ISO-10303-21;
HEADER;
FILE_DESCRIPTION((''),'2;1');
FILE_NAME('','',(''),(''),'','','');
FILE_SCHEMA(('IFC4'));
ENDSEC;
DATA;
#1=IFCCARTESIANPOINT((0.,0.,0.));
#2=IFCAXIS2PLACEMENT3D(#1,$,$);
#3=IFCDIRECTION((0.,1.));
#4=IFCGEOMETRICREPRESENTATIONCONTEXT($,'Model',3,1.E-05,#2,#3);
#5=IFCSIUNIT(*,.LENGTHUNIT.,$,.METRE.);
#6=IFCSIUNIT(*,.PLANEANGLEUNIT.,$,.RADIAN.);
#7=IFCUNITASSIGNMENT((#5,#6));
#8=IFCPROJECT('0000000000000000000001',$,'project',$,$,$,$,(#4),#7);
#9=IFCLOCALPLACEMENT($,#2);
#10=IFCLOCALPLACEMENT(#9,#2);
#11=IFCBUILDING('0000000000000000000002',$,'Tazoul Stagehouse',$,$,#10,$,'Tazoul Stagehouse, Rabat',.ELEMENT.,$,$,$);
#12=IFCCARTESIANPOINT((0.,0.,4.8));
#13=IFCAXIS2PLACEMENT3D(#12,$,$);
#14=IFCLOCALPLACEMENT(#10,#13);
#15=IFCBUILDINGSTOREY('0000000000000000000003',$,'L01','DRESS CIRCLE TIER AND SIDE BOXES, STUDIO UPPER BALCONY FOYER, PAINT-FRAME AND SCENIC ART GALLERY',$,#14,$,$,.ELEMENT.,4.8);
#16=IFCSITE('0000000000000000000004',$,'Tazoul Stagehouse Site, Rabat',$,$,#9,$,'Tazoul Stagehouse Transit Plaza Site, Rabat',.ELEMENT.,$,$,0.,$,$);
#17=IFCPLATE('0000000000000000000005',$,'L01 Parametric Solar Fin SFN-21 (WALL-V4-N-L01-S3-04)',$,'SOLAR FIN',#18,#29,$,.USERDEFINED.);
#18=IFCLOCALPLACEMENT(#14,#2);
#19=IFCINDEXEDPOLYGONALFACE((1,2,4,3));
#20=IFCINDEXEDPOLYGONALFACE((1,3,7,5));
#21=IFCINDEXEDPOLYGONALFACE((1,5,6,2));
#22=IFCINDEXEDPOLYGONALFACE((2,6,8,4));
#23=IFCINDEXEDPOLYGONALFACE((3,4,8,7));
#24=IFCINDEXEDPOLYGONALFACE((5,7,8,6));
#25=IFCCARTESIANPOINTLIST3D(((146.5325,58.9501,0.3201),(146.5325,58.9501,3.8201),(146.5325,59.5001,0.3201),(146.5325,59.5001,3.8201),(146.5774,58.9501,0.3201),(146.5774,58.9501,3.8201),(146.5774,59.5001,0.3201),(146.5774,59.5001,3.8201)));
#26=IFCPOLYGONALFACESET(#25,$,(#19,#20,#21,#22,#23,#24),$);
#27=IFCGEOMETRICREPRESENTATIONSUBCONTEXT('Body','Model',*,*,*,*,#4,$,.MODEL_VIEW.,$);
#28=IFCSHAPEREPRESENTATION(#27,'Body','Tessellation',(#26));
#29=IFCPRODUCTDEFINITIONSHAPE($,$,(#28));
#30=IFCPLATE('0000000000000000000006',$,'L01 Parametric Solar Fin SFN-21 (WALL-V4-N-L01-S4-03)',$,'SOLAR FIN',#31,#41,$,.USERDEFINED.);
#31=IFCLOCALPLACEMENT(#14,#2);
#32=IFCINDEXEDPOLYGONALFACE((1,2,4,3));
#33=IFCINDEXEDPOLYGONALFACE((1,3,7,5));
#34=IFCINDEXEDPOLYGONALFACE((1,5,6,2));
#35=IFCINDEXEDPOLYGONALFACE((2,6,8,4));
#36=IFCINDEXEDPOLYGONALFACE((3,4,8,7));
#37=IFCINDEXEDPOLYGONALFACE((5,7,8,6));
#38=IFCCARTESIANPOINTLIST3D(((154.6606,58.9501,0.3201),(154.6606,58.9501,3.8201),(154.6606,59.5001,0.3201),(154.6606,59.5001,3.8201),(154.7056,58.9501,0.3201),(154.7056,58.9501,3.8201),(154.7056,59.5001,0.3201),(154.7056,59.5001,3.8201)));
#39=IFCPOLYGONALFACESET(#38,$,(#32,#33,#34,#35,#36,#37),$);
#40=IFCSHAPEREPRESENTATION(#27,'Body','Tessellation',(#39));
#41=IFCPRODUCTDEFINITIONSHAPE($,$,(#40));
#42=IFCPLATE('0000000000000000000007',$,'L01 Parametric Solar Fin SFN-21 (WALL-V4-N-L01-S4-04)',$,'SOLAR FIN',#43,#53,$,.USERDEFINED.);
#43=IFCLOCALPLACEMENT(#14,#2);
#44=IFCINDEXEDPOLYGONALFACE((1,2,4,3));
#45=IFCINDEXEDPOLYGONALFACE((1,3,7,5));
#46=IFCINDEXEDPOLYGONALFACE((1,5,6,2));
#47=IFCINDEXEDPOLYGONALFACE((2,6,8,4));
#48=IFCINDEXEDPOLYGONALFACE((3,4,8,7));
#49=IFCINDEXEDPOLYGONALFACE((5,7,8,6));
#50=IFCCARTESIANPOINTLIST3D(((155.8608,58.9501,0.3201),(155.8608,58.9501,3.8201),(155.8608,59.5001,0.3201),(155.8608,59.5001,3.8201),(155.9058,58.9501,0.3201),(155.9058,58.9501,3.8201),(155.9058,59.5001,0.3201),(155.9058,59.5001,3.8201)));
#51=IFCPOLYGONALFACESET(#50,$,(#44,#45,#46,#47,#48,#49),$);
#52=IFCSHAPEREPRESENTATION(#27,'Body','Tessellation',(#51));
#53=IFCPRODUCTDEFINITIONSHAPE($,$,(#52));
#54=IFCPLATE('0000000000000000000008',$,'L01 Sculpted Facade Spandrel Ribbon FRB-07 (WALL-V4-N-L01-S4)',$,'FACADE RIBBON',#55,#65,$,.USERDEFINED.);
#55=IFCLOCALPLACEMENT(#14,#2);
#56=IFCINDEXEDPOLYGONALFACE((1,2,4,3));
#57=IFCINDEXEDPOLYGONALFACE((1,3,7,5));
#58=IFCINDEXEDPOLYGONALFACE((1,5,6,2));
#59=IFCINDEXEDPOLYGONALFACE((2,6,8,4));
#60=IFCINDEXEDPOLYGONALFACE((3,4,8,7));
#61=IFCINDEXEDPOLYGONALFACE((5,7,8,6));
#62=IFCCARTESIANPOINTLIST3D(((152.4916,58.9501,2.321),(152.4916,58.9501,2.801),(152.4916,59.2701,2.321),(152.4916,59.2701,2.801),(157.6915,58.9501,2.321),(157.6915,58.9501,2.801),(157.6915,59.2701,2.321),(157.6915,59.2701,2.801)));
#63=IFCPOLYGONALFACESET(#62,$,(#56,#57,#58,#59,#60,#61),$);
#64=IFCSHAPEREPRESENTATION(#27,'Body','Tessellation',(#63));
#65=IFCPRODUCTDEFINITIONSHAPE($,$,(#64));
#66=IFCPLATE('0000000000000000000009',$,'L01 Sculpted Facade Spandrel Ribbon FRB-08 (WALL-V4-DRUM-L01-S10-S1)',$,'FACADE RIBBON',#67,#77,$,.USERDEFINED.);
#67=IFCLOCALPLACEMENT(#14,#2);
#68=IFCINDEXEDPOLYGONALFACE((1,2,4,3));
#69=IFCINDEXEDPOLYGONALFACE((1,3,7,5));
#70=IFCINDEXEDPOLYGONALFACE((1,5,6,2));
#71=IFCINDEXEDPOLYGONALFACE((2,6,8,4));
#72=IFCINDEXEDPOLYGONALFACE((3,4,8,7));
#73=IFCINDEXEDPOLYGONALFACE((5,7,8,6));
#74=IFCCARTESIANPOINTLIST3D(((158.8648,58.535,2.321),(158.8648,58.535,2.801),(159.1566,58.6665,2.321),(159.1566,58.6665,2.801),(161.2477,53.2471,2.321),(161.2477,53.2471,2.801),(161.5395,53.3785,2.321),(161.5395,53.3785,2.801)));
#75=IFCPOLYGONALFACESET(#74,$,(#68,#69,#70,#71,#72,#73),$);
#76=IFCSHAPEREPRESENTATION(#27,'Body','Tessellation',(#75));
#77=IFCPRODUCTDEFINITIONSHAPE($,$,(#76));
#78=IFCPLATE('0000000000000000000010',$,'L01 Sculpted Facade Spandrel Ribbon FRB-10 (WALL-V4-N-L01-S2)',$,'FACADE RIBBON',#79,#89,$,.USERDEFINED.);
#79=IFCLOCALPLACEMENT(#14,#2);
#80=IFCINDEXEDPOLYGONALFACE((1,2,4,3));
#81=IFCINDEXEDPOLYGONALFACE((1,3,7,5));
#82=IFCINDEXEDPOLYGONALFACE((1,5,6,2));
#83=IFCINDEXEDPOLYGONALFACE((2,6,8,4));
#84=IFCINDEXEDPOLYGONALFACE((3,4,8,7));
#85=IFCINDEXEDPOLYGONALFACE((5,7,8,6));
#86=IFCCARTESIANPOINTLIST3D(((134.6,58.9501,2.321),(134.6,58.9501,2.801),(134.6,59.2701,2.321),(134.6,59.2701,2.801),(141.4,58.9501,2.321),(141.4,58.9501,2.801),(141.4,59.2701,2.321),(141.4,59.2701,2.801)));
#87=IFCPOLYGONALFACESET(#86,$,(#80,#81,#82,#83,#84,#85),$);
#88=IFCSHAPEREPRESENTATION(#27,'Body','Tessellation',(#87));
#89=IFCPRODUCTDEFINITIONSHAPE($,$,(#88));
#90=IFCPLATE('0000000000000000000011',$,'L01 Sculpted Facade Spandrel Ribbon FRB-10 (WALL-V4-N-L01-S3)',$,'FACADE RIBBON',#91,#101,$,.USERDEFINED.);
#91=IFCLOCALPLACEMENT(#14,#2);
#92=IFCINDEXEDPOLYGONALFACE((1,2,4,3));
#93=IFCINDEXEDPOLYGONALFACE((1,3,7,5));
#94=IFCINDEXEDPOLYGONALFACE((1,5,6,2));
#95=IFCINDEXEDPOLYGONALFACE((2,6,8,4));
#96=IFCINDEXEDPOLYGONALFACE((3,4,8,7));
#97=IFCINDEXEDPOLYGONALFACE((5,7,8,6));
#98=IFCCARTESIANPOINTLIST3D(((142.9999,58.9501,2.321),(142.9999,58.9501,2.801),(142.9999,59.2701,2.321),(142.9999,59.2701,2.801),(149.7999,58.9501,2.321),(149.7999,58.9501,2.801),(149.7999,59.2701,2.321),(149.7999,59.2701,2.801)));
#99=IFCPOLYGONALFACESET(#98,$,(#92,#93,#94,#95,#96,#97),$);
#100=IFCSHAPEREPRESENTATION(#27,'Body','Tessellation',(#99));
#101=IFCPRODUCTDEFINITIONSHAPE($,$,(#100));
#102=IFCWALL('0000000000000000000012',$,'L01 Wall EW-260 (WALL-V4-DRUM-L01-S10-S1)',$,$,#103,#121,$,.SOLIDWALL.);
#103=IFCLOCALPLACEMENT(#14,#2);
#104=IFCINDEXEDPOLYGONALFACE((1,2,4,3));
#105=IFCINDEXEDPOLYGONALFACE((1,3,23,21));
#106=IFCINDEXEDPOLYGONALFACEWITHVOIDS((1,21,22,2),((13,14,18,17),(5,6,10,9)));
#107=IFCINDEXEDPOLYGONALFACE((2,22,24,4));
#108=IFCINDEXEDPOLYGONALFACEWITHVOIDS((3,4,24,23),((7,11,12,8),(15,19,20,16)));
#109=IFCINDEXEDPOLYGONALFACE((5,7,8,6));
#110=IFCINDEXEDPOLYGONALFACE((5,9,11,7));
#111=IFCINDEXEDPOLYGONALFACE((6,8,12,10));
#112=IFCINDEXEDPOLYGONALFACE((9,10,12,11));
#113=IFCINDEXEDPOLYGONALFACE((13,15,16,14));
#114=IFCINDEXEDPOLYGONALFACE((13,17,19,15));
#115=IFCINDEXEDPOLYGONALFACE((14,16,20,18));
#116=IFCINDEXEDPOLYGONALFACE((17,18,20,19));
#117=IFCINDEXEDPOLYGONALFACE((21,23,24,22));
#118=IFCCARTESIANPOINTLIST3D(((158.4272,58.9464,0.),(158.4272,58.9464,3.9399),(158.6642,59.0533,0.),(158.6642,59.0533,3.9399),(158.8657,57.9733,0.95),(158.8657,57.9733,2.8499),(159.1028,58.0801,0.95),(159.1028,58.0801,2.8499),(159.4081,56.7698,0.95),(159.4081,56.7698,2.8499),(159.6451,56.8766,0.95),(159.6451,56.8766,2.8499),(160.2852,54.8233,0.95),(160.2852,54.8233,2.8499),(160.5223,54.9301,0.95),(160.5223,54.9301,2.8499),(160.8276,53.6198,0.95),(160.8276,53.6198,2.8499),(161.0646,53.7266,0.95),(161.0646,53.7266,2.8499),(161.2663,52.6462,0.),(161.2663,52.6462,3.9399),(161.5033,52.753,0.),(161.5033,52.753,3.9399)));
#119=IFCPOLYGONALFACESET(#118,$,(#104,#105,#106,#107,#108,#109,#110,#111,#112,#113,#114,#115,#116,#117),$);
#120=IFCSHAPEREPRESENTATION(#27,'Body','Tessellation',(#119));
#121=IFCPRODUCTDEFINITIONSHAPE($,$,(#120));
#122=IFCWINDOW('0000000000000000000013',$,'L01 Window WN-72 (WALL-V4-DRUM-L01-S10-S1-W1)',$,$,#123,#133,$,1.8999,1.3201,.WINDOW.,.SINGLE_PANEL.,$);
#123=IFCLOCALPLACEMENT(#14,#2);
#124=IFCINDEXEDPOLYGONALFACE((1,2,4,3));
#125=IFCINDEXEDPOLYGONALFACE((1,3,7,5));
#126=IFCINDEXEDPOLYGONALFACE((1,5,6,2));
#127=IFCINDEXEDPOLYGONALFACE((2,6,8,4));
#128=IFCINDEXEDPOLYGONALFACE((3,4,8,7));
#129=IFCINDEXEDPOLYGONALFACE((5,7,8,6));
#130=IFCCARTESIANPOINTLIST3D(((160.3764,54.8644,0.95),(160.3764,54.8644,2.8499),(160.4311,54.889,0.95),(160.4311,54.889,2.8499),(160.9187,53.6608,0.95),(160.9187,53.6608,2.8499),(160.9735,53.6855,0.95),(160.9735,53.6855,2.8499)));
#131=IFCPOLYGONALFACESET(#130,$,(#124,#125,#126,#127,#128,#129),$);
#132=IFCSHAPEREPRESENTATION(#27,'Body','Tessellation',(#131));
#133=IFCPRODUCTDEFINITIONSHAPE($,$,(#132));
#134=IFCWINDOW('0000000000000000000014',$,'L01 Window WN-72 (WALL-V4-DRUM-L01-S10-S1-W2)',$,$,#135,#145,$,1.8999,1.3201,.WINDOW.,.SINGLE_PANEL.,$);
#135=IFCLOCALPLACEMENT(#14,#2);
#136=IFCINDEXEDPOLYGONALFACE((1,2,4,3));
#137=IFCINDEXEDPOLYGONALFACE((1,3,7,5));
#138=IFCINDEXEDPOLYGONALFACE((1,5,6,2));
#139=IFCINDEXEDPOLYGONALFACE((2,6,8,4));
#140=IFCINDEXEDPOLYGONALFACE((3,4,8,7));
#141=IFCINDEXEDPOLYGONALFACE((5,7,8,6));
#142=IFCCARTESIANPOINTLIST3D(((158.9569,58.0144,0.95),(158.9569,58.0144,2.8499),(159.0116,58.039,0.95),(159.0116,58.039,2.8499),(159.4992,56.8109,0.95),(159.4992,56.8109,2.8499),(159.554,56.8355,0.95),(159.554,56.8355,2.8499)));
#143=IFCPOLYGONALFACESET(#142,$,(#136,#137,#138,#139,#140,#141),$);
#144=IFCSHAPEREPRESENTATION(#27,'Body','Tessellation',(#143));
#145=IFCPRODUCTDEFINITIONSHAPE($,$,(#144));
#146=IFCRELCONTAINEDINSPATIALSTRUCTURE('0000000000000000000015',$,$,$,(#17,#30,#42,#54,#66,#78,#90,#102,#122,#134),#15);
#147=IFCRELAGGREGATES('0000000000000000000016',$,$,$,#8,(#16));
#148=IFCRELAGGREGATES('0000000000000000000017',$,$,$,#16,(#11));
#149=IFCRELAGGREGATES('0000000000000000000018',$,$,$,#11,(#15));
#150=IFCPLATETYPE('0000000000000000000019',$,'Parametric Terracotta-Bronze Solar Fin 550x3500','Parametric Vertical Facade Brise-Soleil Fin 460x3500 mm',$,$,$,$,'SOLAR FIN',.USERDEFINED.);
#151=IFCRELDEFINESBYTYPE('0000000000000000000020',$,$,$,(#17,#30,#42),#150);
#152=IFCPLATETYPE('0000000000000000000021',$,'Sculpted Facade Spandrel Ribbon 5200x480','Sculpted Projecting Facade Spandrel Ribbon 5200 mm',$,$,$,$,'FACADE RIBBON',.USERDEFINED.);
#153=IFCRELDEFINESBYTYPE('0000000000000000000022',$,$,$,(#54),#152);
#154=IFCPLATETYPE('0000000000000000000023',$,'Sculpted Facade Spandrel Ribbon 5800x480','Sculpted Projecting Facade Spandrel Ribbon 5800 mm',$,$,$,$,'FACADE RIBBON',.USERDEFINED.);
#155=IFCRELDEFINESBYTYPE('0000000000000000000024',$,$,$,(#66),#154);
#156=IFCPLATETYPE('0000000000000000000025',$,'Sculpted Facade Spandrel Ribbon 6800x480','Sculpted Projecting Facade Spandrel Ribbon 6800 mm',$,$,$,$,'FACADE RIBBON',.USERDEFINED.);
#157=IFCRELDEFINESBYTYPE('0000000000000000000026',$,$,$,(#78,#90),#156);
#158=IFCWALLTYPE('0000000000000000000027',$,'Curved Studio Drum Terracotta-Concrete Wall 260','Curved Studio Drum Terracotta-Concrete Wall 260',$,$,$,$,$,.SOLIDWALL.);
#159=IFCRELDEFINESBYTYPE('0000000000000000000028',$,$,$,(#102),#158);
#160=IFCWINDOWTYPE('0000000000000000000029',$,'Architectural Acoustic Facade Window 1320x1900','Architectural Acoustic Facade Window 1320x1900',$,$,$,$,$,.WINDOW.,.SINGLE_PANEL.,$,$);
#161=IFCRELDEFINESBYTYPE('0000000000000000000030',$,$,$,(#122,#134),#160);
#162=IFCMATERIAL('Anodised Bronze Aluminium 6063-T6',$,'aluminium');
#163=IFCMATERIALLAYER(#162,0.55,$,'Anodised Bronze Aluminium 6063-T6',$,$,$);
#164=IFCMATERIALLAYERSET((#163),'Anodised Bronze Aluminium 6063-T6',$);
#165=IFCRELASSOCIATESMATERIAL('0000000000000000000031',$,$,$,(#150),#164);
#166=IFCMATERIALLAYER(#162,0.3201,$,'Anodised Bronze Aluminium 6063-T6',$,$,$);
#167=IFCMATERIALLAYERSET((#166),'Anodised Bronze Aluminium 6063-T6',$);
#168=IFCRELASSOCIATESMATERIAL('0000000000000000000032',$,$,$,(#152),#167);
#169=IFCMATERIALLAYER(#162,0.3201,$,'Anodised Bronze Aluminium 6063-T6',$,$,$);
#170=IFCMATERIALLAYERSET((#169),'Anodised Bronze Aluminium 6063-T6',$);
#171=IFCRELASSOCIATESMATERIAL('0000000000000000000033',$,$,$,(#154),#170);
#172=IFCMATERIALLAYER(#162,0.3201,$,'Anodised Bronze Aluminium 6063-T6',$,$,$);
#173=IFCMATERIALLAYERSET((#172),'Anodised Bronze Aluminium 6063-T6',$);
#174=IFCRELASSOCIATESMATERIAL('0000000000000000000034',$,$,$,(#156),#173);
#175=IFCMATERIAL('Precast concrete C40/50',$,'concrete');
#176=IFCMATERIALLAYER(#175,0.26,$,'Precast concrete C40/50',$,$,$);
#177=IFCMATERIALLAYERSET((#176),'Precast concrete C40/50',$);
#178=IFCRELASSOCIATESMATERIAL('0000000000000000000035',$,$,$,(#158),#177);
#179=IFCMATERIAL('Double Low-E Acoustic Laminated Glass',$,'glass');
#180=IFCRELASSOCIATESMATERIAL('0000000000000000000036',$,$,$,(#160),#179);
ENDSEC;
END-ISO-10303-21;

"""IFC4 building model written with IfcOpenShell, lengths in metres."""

from ifc_helpers import new_model, si_unit, direction, frame, frame_2d, origin, origin_2d, place, context, subcontext, project, spatial, rectangle, extrude, material, layer, layer_set, type_object, element, fill, save


model = new_model("IFC4")

# Units and contexts
model_context = context("Model", 3, precision=1e-05, world=origin(), true_north=direction((0.0, 1.0)))
body_context = subcontext(model_context, "Body", "Model", "MODEL_VIEW")
ifc_project = project(units=[si_unit("LENGTHUNIT", "METRE"), si_unit("PLANEANGLEUNIT", "RADIAN")], contexts=[model_context])

# Site, building, storey
site_placement = place(None, origin())
site = spatial("IfcSite", under=ifc_project, at=site_placement, Name="Tazoul Stagehouse Site, Rabat", LongName="Tazoul Stagehouse Transit Plaza Site, Rabat", CompositionType="ELEMENT", RefElevation=0.0)
building_placement = place(site_placement, origin())
building = spatial("IfcBuilding", under=site, at=building_placement, Name="Tazoul Stagehouse", LongName="Tazoul Stagehouse, Rabat", CompositionType="ELEMENT")
storey_placement = place(building_placement, frame((0.0, 0.0, 4.8)))
storey = spatial("IfcBuildingStorey", under=building, at=storey_placement, Name="L01", Description="DRESS CIRCLE TIER AND SIDE BOXES, STUDIO UPPER BALCONY FOYER, PAINT-FRAME AND SCENIC ART GALLERY", CompositionType="ELEMENT", Elevation=4.8)

# Plates
ifc_material_1 = material(Name="Anodised Bronze Aluminium 6063-T6", Category="aluminium")
ifc_layer_1 = layer(ifc_material_1, 0.55, Name="Anodised Bronze Aluminium 6063-T6")
ifc_layer_set_1 = layer_set([ifc_layer_1], Name="Anodised Bronze Aluminium 6063-T6")
plate_type_1 = type_object("IfcPlateType", Name="Parametric Terracotta-Bronze Solar Fin 550x3500", Description="Parametric Vertical Facade Brise-Soleil Fin 460x3500 mm", ElementType="SOLAR FIN", PredefinedType="USERDEFINED", material=ifc_layer_set_1)
for number, where, z_axis, x_axis, name in (
    (1, (146.5549, 59.2251, 0.3201), (0.0, 0.0, 1.0), (1.0, 0.0, 0.0), "L01 Parametric Solar Fin SFN-21 (WALL-V4-N-L01-S3-04)"),
    (2, (154.6831, 59.2251, 0.3201), (0.0, 0.0, 1.0), (1.0, 0.0, 0.0), "L01 Parametric Solar Fin SFN-21 (WALL-V4-N-L01-S4-03)"),
    (3, (155.8833, 59.2251, 0.3201), (0.0, 0.0, 1.0), (1.0, 0.0, 0.0), "L01 Parametric Solar Fin SFN-21 (WALL-V4-N-L01-S4-04)"),
):
    element("IfcPlate", number, at=place(storey_placement, frame(where, z_axis=z_axis, x_axis=x_axis)), inside=storey, type_object=plate_type_1, Name=name, ObjectType="SOLAR FIN", PredefinedType="USERDEFINED", context=body_context, shape_type="SweptSolid", body=[
        extrude(rectangle(XDim=0.0449, YDim=0.55, at=origin_2d()), origin(), (0.0, 0.0, 1.0), 3.5),
    ])
ifc_layer_2 = layer(ifc_material_1, 0.3201, Name="Anodised Bronze Aluminium 6063-T6")
ifc_layer_set_2 = layer_set([ifc_layer_2], Name="Anodised Bronze Aluminium 6063-T6")
plate_type_2 = type_object("IfcPlateType", Name="Sculpted Facade Spandrel Ribbon 5200x480", Description="Sculpted Projecting Facade Spandrel Ribbon 5200 mm", ElementType="FACADE RIBBON", PredefinedType="USERDEFINED", material=ifc_layer_set_2)
plate_1_placement = place(storey_placement, frame((155.0916, 59.1101, 2.321), z_axis=(0.0, 0.0, 1.0), x_axis=(1.0, 0.0, 0.0)))
element("IfcPlate", 4, at=plate_1_placement, inside=storey, type_object=plate_type_2, Name="L01 Sculpted Facade Spandrel Ribbon FRB-07 (WALL-V4-N-L01-S4)", ObjectType="FACADE RIBBON", PredefinedType="USERDEFINED", context=body_context, shape_type="SweptSolid", body=[
    extrude(rectangle(XDim=5.2, YDim=0.3201, at=origin_2d()), origin(), (0.0, 0.0, 1.0), 0.48),
])
ifc_layer_3 = layer(ifc_material_1, 0.3201, Name="Anodised Bronze Aluminium 6063-T6")
ifc_layer_set_3 = layer_set([ifc_layer_3], Name="Anodised Bronze Aluminium 6063-T6")
plate_type_3 = type_object("IfcPlateType", Name="Sculpted Facade Spandrel Ribbon 5800x480", Description="Sculpted Projecting Facade Spandrel Ribbon 5800 mm", ElementType="FACADE RIBBON", PredefinedType="USERDEFINED", material=ifc_layer_set_3)
plate_2_placement = place(storey_placement, frame((160.2021, 55.9568, 2.321), z_axis=(0.0, 0.0, 1.0), x_axis=(-0.41083, 0.911712, 0.0)))
element("IfcPlate", 5, at=plate_2_placement, inside=storey, type_object=plate_type_3, Name="L01 Sculpted Facade Spandrel Ribbon FRB-08 (WALL-V4-DRUM-L01-S10-S1)", ObjectType="FACADE RIBBON", PredefinedType="USERDEFINED", context=body_context, shape_type="SweptSolid", body=[
    extrude(rectangle(XDim=5.8, YDim=0.3201, at=origin_2d()), origin(), (0.0, 0.0, 1.0), 0.48),
])
ifc_layer_4 = layer(ifc_material_1, 0.3201, Name="Anodised Bronze Aluminium 6063-T6")
ifc_layer_set_4 = layer_set([ifc_layer_4], Name="Anodised Bronze Aluminium 6063-T6")
plate_type_4 = type_object("IfcPlateType", Name="Sculpted Facade Spandrel Ribbon 6800x480", Description="Sculpted Projecting Facade Spandrel Ribbon 6800 mm", ElementType="FACADE RIBBON", PredefinedType="USERDEFINED", material=ifc_layer_set_4)
for number, where, z_axis, x_axis, name in (
    (6, (138.0, 59.1101, 2.321), (0.0, 0.0, 1.0), (1.0, 0.0, 0.0), "L01 Sculpted Facade Spandrel Ribbon FRB-10 (WALL-V4-N-L01-S2)"),
    (7, (146.3999, 59.1101, 2.321), (0.0, 0.0, 1.0), (1.0, 0.0, 0.0), "L01 Sculpted Facade Spandrel Ribbon FRB-10 (WALL-V4-N-L01-S3)"),
):
    element("IfcPlate", number, at=place(storey_placement, frame(where, z_axis=z_axis, x_axis=x_axis)), inside=storey, type_object=plate_type_4, Name=name, ObjectType="FACADE RIBBON", PredefinedType="USERDEFINED", context=body_context, shape_type="SweptSolid", body=[
        extrude(rectangle(XDim=6.8, YDim=0.3201, at=origin_2d()), origin(), (0.0, 0.0, 1.0), 0.48),
    ])

# Wall, openings, windows
ifc_material_2 = material(Name="Precast concrete C40/50", Category="concrete")
ifc_layer_5 = layer(ifc_material_2, 0.26, Name="Precast concrete C40/50")
ifc_layer_set_5 = layer_set([ifc_layer_5], Name="Precast concrete C40/50")
wall_type = type_object("IfcWallType", Name="Curved Studio Drum Terracotta-Concrete Wall 260", Description="Curved Studio Drum Terracotta-Concrete Wall 260", PredefinedType="SOLIDWALL", material=ifc_layer_set_5)
wall_1_placement = place(storey_placement, frame((161.3848, 52.6997, 0.0), z_axis=(0.0, 0.0, 1.0), x_axis=(-0.410844, 0.911706, 0.0)))
wall_1 = element("IfcWall", 8, at=wall_1_placement, inside=storey, type_object=wall_type, Name="L01 Wall EW-260 (WALL-V4-DRUM-L01-S10-S1)", PredefinedType="SOLIDWALL", context=body_context, shape_type="SweptSolid", body=[
    extrude(rectangle(XDim=6.9104, YDim=0.26, at=frame_2d((3.4551, 0.0))), origin(), (0.0, 0.0, 1.0), 3.9399),
])
opening_1_placement = place(wall_1_placement, frame((1.0676, 0.0, 0.95)))
opening_1 = element("IfcOpeningElement", 9, at=opening_1_placement, cuts=wall_1, PredefinedType="OPENING", context=body_context, shape_type="SweptSolid", body=[
    extrude(rectangle(XDim=1.3201, YDim=1.8999, at=frame_2d((0.6602, 0.95))), frame((0.0, 0.1499, 0.0), z_axis=(0.0, -1.0, 0.0), x_axis=(1.0, 0.0, 0.0)), (0.0, 0.0, 1.0), 0.3),
])
opening_2_placement = place(wall_1_placement, frame((4.5227, 0.0, 0.95)))
opening_2 = element("IfcOpeningElement", 10, at=opening_2_placement, cuts=wall_1, PredefinedType="OPENING", context=body_context, shape_type="SweptSolid", body=[
    extrude(rectangle(XDim=1.3201, YDim=1.8999, at=frame_2d((0.6602, 0.95))), frame((0.0, 0.1499, 0.0), z_axis=(0.0, -1.0, 0.0), x_axis=(1.0, 0.0, 0.0)), (0.0, 0.0, 1.0), 0.3),
])
ifc_material_3 = material(Name="Double Low-E Acoustic Laminated Glass", Category="glass")
window_type_1 = type_object("IfcWindowType", Name="Architectural Acoustic Facade Window 1320x1900", Description="Architectural Acoustic Facade Window 1320x1900", PartitioningType="SINGLE_PANEL", PredefinedType="WINDOW", material=ifc_material_3)
window_1_placement = place(opening_1_placement, origin())
window_1 = element("IfcWindow", 11, at=window_1_placement, inside=storey, type_object=window_type_1, Name="L01 Window WN-72 (WALL-V4-DRUM-L01-S10-S1-W1)", OverallHeight=1.8999, OverallWidth=1.3201, PartitioningType="SINGLE_PANEL", PredefinedType="WINDOW", context=body_context, shape_type="SweptSolid", body=[
    extrude(rectangle(XDim=1.3201, YDim=1.8999, at=frame_2d((0.6602, 0.95))), frame((0.0, 0.03, 0.0), z_axis=(0.0, -1.0, 0.0), x_axis=(1.0, 0.0, 0.0)), (0.0, 0.0, 1.0), 0.0601),
])
fill(opening_1, window_1)
window_2_placement = place(opening_2_placement, origin())
window_2 = element("IfcWindow", 12, at=window_2_placement, inside=storey, type_object=window_type_1, Name="L01 Window WN-72 (WALL-V4-DRUM-L01-S10-S1-W2)", OverallHeight=1.8999, OverallWidth=1.3201, PartitioningType="SINGLE_PANEL", PredefinedType="WINDOW", context=body_context, shape_type="SweptSolid", body=[
    extrude(rectangle(XDim=1.3201, YDim=1.8999, at=frame_2d((0.6602, 0.95))), frame((0.0, 0.03, 0.0), z_axis=(0.0, -1.0, 0.0), x_axis=(1.0, 0.0, 0.0)), (0.0, 0.0, 1.0), 0.0601),
])
fill(opening_2, window_2)

save(model, "model.ifc")
